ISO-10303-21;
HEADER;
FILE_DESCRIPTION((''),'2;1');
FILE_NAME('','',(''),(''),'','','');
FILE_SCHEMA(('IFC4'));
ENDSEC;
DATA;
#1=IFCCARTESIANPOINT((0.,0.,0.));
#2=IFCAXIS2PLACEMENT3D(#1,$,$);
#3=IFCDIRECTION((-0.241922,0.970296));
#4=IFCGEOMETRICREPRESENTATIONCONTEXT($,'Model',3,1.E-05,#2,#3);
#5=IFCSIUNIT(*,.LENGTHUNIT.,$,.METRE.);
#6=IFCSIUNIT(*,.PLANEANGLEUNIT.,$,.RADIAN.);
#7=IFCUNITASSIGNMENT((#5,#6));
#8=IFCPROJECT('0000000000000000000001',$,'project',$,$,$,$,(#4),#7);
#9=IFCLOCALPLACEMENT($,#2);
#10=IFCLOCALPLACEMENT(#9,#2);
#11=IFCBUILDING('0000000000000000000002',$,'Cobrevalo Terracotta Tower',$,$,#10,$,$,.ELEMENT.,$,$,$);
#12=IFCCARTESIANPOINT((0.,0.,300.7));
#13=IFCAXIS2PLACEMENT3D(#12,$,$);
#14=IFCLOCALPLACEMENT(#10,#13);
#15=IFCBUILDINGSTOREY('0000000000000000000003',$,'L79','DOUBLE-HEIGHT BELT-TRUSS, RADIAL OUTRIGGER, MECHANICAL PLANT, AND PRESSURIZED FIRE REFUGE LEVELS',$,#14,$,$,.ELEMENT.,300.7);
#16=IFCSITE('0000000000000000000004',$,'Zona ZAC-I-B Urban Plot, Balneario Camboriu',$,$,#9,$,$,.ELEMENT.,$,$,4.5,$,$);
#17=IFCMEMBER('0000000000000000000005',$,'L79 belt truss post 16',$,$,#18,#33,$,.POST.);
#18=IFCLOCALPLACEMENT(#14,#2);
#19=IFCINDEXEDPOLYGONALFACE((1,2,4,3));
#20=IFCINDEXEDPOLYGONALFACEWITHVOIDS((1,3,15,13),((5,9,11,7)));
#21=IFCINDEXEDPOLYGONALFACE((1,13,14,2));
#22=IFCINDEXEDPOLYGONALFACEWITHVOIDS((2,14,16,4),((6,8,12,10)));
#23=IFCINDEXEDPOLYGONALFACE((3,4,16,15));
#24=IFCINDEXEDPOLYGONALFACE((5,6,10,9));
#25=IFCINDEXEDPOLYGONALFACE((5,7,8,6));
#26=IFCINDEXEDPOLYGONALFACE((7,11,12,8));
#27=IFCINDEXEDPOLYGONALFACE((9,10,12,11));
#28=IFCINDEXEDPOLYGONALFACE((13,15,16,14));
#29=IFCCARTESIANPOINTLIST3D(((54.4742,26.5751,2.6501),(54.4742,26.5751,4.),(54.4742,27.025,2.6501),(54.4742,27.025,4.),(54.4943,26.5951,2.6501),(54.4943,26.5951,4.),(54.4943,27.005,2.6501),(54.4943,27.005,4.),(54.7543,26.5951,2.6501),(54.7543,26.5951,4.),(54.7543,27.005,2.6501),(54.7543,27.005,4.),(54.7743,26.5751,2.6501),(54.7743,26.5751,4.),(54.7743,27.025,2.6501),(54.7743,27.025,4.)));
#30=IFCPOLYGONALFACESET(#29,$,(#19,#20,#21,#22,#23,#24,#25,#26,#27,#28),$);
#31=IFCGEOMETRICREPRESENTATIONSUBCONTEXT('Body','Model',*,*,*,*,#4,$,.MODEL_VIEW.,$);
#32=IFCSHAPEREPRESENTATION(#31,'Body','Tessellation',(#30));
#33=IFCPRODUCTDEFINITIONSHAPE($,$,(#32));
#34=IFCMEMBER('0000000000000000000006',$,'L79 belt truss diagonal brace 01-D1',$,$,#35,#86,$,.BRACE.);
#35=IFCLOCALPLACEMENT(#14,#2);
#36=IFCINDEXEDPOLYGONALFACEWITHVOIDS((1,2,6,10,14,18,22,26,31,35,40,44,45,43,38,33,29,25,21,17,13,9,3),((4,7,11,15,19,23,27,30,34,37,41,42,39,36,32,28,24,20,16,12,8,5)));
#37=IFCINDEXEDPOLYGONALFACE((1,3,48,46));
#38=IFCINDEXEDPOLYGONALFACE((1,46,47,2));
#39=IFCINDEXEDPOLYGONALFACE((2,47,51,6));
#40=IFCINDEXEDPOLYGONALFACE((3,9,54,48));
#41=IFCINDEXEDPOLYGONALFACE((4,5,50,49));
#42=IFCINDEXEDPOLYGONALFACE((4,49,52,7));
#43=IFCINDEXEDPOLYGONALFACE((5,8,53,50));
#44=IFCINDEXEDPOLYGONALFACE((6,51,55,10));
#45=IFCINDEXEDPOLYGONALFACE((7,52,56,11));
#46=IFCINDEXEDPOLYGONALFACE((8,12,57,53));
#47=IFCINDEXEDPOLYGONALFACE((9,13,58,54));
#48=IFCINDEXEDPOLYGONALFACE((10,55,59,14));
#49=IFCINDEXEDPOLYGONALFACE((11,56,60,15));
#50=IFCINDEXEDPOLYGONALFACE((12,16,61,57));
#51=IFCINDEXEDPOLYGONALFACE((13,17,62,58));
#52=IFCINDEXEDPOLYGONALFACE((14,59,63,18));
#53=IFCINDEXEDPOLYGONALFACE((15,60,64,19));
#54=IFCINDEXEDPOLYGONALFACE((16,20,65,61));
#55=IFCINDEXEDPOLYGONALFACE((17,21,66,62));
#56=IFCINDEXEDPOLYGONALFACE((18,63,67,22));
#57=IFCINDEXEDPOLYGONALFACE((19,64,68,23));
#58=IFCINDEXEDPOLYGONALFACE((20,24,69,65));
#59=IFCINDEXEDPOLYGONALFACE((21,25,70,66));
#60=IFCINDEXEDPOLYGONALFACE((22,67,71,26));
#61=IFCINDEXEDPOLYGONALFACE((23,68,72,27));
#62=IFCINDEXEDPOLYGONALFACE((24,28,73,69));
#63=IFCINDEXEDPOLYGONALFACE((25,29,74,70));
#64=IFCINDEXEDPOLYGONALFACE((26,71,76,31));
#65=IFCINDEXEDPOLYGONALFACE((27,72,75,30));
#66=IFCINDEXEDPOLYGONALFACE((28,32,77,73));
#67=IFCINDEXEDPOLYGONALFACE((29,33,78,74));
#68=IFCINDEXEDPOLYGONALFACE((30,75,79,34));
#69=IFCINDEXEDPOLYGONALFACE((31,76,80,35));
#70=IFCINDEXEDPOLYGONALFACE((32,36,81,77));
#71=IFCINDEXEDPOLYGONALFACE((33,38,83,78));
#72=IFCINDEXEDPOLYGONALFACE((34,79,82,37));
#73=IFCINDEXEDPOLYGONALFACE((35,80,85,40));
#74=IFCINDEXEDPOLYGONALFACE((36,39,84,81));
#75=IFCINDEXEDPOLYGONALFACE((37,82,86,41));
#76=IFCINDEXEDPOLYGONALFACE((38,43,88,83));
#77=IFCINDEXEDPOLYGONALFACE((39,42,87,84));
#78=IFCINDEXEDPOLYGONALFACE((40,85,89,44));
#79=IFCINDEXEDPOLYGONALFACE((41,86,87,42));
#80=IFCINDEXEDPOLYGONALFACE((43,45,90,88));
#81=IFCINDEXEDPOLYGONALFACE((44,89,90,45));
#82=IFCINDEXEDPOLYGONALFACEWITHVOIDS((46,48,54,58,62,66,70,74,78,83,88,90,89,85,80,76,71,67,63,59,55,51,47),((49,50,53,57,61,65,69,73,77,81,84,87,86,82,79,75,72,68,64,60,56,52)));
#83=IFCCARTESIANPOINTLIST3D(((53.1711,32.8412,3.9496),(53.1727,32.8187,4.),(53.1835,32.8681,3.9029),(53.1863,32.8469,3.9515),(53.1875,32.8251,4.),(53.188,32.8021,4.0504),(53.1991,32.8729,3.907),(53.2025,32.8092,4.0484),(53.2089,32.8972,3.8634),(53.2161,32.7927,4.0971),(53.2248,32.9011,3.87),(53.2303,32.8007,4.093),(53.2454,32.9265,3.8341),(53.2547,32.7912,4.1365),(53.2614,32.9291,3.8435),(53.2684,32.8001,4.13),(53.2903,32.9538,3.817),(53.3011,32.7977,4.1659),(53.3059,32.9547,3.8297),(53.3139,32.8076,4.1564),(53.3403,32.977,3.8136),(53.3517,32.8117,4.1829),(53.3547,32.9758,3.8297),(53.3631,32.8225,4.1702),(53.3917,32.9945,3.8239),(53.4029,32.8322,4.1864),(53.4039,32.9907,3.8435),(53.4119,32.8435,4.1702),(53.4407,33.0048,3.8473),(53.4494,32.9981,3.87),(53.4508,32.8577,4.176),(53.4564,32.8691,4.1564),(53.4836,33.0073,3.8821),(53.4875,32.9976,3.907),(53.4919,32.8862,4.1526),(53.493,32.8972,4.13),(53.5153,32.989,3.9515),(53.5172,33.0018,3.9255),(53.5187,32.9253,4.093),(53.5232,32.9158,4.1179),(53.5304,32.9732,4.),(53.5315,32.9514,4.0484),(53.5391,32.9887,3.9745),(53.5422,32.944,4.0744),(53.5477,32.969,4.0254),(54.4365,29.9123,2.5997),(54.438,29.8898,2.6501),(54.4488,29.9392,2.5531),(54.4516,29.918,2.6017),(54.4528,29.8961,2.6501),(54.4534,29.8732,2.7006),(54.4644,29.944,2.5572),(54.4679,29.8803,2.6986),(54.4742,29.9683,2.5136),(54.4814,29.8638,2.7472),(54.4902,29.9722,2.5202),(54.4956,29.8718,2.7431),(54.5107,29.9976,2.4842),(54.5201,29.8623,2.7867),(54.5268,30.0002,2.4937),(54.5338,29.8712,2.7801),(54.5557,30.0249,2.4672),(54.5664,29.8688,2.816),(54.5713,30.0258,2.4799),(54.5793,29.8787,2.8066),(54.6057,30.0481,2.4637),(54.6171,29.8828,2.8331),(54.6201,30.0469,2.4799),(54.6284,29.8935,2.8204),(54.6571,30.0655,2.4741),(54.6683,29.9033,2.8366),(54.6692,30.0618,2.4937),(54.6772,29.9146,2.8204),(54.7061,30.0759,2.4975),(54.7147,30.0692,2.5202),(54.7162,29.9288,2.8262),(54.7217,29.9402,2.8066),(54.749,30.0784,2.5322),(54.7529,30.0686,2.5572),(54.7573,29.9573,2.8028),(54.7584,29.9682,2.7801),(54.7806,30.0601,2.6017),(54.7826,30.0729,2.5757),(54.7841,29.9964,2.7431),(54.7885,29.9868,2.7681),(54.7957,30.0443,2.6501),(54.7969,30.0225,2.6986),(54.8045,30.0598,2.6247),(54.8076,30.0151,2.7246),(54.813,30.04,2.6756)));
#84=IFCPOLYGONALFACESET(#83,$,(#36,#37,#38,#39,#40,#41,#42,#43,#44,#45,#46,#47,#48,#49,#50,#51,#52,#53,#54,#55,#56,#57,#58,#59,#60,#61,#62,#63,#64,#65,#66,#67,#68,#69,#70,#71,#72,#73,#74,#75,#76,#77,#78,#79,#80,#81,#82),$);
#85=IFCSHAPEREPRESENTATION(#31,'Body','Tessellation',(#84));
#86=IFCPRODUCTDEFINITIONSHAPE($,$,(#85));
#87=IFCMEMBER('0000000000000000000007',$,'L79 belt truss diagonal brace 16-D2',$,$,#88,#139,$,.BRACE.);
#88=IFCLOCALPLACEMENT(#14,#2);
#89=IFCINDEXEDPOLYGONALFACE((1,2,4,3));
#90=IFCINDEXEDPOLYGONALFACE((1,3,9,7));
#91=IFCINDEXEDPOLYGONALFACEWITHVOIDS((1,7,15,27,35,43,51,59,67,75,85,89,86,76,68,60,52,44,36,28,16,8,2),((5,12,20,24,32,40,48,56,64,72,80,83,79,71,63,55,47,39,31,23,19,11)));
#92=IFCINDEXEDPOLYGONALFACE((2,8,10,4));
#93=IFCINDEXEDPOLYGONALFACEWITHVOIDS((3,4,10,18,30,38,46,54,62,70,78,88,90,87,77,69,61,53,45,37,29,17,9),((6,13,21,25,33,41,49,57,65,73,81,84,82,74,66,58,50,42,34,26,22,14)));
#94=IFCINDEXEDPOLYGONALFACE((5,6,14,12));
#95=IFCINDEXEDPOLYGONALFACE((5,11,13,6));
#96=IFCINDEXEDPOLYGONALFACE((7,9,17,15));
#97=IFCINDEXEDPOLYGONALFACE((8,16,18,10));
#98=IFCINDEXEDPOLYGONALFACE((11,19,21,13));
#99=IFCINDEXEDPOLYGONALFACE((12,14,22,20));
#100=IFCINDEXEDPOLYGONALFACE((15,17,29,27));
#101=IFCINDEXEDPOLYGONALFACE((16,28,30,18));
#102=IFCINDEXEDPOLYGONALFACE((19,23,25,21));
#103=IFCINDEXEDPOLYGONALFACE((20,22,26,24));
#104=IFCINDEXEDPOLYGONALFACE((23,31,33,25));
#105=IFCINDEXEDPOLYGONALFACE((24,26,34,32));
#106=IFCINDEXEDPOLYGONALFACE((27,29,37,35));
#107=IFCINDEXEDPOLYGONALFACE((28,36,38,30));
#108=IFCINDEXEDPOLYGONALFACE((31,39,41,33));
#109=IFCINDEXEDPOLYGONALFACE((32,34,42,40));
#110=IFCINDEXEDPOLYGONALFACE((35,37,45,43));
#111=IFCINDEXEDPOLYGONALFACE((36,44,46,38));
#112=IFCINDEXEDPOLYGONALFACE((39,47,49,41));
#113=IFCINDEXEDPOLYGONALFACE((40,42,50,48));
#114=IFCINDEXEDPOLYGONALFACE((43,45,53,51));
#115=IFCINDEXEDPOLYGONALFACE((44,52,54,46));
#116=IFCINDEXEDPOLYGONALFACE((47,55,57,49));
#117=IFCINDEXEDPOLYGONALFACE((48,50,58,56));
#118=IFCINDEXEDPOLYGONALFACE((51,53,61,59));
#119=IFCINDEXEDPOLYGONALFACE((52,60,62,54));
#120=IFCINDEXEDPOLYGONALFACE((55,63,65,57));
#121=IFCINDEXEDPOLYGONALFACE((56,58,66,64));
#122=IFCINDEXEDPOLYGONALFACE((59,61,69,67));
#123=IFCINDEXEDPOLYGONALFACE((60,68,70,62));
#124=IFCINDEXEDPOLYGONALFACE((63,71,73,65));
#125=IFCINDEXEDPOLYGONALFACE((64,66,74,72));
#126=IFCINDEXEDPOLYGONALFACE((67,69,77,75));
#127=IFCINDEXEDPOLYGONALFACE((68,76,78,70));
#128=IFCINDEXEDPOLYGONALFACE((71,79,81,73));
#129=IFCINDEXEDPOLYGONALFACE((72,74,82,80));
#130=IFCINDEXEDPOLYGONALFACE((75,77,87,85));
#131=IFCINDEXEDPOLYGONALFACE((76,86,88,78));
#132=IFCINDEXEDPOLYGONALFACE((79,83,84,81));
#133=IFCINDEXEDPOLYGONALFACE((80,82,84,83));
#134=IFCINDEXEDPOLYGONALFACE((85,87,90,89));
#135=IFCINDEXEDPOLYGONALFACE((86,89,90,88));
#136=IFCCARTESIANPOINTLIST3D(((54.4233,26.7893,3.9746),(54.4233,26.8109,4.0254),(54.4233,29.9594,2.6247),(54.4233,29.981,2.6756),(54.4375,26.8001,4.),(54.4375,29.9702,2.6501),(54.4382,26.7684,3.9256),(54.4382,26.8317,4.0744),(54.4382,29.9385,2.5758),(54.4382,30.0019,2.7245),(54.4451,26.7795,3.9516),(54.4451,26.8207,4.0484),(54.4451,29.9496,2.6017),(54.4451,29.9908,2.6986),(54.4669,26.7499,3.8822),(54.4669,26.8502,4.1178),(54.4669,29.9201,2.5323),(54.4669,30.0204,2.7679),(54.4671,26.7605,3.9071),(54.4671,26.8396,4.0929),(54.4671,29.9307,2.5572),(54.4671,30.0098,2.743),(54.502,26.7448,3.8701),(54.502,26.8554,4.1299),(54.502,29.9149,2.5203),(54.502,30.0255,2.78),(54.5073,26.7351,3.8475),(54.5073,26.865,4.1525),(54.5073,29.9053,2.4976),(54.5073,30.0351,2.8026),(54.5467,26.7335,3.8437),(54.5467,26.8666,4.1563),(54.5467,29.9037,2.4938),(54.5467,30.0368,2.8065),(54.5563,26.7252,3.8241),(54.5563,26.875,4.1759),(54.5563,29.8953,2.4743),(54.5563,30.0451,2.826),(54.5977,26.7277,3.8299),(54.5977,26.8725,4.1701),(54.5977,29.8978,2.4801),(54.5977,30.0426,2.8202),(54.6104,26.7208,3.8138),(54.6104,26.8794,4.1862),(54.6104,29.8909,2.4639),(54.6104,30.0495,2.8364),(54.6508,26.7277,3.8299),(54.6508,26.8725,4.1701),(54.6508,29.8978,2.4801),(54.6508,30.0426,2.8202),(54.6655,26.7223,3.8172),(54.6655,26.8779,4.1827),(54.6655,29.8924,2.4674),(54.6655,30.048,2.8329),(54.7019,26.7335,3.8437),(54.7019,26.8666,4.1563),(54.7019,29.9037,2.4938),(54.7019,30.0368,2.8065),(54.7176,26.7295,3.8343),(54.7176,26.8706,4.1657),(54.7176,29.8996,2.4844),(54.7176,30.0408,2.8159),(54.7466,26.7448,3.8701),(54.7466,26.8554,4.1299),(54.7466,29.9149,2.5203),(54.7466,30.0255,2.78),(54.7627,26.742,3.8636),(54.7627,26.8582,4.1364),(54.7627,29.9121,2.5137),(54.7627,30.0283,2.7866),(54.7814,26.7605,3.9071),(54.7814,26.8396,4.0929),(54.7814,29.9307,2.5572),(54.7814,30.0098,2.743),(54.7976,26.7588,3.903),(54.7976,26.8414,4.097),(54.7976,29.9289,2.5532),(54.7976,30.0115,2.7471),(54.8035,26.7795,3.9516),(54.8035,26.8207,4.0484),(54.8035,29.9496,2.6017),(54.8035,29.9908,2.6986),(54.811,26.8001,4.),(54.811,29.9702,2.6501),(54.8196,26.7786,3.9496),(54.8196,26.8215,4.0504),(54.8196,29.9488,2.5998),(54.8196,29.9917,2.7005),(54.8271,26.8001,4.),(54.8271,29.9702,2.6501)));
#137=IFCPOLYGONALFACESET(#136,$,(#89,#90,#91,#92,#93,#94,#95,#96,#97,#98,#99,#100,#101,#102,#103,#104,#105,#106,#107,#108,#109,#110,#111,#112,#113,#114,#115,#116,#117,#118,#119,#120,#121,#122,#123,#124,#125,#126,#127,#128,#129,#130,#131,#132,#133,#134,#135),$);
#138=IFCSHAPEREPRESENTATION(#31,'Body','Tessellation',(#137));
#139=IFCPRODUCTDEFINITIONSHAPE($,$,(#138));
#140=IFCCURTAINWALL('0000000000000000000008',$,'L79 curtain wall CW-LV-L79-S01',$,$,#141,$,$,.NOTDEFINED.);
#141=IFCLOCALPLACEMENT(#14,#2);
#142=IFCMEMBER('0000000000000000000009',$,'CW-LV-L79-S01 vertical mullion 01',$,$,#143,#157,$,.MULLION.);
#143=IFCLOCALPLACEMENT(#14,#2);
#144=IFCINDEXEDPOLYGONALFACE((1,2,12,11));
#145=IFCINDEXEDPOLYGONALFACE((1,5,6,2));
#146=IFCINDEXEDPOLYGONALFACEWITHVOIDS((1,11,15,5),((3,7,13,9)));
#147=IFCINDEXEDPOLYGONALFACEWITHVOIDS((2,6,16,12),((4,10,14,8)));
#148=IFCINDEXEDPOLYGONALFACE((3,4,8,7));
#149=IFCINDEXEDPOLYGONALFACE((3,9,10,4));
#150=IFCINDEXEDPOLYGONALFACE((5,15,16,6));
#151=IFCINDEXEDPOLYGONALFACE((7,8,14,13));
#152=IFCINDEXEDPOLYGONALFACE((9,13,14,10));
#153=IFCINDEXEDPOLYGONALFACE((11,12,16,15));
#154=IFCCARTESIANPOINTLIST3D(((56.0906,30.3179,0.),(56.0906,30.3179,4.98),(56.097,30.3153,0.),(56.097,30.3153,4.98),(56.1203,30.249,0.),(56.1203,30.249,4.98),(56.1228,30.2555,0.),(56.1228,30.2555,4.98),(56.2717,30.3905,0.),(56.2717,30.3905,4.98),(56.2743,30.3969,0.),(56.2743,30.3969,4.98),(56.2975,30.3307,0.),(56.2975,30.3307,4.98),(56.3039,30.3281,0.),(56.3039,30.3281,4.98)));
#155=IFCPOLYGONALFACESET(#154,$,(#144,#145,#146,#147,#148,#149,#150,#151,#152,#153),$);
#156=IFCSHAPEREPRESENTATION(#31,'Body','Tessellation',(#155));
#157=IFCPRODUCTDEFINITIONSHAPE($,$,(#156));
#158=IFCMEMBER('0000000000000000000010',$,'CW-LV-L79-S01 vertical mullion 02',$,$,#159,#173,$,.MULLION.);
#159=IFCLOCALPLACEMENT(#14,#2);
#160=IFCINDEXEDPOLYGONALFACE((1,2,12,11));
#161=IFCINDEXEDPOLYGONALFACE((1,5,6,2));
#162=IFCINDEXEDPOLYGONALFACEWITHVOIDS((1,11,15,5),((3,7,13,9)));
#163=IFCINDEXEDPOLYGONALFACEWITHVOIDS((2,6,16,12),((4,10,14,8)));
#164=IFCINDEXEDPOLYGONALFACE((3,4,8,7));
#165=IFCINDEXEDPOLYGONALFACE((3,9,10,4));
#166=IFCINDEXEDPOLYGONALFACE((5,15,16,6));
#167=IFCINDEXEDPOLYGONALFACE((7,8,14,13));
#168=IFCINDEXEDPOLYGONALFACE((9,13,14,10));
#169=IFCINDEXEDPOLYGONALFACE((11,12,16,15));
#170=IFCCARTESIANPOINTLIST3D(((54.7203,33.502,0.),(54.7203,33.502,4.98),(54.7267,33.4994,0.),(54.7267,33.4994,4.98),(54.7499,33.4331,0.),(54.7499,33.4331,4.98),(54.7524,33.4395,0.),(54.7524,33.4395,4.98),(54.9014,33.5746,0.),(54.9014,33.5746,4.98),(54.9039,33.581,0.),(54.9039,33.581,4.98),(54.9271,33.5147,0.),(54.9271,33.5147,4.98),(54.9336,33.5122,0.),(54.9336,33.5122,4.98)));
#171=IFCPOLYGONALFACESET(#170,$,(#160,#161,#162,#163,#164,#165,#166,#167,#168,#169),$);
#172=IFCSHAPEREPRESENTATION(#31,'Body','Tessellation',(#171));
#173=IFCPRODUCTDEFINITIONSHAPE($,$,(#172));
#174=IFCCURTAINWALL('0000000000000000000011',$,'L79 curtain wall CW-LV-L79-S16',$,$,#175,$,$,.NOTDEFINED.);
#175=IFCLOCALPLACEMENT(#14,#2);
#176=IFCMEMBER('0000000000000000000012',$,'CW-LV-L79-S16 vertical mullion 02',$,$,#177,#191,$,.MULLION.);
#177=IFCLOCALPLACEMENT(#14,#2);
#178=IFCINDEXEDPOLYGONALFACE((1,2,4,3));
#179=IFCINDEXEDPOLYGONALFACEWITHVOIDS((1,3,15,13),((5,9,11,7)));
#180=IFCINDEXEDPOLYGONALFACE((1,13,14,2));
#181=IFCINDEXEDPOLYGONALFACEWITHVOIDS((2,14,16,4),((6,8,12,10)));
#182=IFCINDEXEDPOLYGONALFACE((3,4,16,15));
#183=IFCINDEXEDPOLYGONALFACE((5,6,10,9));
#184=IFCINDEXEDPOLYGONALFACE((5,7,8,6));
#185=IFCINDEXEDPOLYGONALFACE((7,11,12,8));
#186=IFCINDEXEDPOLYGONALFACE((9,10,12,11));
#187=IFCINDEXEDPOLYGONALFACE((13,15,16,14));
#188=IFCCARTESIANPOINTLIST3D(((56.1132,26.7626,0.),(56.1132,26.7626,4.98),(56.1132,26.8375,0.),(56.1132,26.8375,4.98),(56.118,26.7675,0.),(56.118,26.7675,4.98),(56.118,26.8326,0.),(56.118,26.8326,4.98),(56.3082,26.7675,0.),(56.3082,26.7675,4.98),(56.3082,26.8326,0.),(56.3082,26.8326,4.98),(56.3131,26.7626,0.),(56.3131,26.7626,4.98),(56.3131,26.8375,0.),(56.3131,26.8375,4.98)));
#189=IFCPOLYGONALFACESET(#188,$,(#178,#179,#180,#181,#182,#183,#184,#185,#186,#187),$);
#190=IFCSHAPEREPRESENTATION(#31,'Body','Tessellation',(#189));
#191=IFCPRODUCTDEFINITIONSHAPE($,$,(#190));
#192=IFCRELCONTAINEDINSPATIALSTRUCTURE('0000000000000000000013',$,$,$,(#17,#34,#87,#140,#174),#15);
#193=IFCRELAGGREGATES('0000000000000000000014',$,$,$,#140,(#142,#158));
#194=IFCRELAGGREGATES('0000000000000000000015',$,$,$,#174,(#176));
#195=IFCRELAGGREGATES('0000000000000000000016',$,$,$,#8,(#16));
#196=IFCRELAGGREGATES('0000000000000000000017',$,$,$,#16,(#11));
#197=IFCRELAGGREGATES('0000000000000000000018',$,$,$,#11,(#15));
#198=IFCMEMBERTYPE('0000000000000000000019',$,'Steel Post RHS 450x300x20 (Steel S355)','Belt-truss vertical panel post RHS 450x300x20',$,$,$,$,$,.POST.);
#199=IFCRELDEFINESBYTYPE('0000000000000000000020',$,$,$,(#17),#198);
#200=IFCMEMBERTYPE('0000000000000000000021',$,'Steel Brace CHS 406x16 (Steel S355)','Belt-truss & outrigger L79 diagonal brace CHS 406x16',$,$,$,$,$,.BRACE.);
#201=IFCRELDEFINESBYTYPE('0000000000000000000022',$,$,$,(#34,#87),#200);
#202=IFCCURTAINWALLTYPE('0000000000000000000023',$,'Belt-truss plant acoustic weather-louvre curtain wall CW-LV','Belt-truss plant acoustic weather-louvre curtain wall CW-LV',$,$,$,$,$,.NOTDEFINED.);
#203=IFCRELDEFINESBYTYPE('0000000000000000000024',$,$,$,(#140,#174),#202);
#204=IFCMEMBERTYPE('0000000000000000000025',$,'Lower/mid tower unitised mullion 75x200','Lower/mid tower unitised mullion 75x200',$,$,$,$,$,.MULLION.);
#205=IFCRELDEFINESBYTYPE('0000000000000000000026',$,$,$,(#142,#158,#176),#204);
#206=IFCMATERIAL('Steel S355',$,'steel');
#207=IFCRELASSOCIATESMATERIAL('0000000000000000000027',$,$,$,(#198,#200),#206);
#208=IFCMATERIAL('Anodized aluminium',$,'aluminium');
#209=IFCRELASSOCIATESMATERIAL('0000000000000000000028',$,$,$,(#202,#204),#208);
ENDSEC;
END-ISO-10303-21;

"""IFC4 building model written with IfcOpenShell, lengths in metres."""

from ifc_helpers import new_model, si_unit, direction, frame, origin, origin_2d, place, context, subcontext, project, spatial, hollow_rectangle, hollow_circle, extrude, source, transform, mapped, material, material_profile, profile_set, type_object, element, aggregate, save


model = new_model("IFC4")

# Units and contexts
model_context = context("Model", 3, precision=1e-05, world=origin(), true_north=direction((-0.241922, 0.970296)))
body_context = subcontext(model_context, "Body", "Model", "MODEL_VIEW")
ifc_project = project(units=[si_unit("LENGTHUNIT", "METRE"), si_unit("PLANEANGLEUNIT", "RADIAN")], contexts=[model_context])

# Site, building, storey
site_placement = place(None, origin())
site = spatial("IfcSite", under=ifc_project, at=site_placement, Name="Zona ZAC-I-B Urban Plot, Balneario Camboriu", CompositionType="ELEMENT", RefElevation=4.5)
building_placement = place(site_placement, origin())
building = spatial("IfcBuilding", under=site, at=building_placement, Name="Cobrevalo Terracotta Tower", CompositionType="ELEMENT")
storey_placement = place(building_placement, frame((0.0, 0.0, 300.7)))
storey = spatial("IfcBuildingStorey", under=building, at=storey_placement, Name="L79", Description="DOUBLE-HEIGHT BELT-TRUSS, RADIAL OUTRIGGER, MECHANICAL PLANT, AND PRESSURIZED FIRE REFUGE LEVELS", CompositionType="ELEMENT", Elevation=300.7)

# Shared definitions
ifc_material_1 = material(Name="Steel S355", Category="steel")

# Members
ifc_material_profile_1 = material_profile(ifc_material_1, hollow_rectangle(XDim=0.3, YDim=0.45, WallThickness=0.02, at=origin_2d()), Name="RHS 450x300x20")
ifc_profile_set_1 = profile_set([ifc_material_profile_1], Name="Steel S355")
member_type_1 = type_object("IfcMemberType", Name="Steel Post RHS 450x300x20 (Steel S355)", Description="Belt-truss vertical panel post RHS 450x300x20", PredefinedType="POST", material=ifc_profile_set_1)
shared_shape_1 = source(origin(), body_context, "Body", "SweptSolid", [
    extrude(hollow_rectangle(XDim=0.3, YDim=0.45, WallThickness=0.02, at=origin_2d()), origin(), (0.0, 0.0, 1.0), 1.3499),
])
member_1_placement = place(storey_placement, frame((54.6243, 26.8, 2.6501), z_axis=(0.0, 0.0, 1.0), x_axis=(1.0, 0.0, 0.0)))
element("IfcMember", 1, at=member_1_placement, inside=storey, type_object=member_type_1, Name="L79 belt truss post 16", PredefinedType="POST", context=body_context, shape_type="MappedRepresentation", body=[
    mapped(shared_shape_1, transform((0.0, 0.0, 0.0), scale=1.0)),
])
ifc_material_profile_2 = material_profile(ifc_material_1, hollow_circle(Radius=0.2029, WallThickness=0.0161, at=origin_2d()), Name="CHS 406x16")
ifc_profile_set_2 = profile_set([ifc_material_profile_2], Name="Steel S355")
member_type_2 = type_object("IfcMemberType", Name="Steel Brace CHS 406x16 (Steel S355)", Description="Belt-truss & outrigger L79 diagonal brace CHS 406x16", PredefinedType="BRACE", material=ifc_profile_set_2)
shared_shape_2 = source(origin(), body_context, "Body", "SweptSolid", [
    extrude(hollow_circle(Radius=0.2029, WallThickness=0.0161, at=origin_2d()), origin(), (0.0, 0.0, 1.0), 3.4644),
])
member_2_placement = place(storey_placement, frame((54.6243, 29.9702, 2.6501), z_axis=(-0.365252, 0.845444, 0.389636), x_axis=(-0.917993, -0.396596, 0.0)))
element("IfcMember", 2, at=member_2_placement, inside=storey, type_object=member_type_2, Name="L79 belt truss diagonal brace 01-D1", PredefinedType="BRACE", context=body_context, shape_type="MappedRepresentation", body=[
    mapped(shared_shape_2, transform((0.0, 0.0, 0.0), scale=1.0)),
])
shared_shape_3 = source(origin(), body_context, "Body", "SweptSolid", [
    extrude(hollow_circle(Radius=0.2029, WallThickness=0.0161, at=origin_2d()), origin(), (0.0, 0.0, 1.0), 3.4456),
])
member_3_placement = place(storey_placement, frame((54.6243, 29.9702, 2.6501), z_axis=(0.0, -0.920066, 0.391763), x_axis=(1.0, 0.0, 0.0)))
element("IfcMember", 3, at=member_3_placement, inside=storey, type_object=member_type_2, Name="L79 belt truss diagonal brace 16-D2", PredefinedType="BRACE", context=body_context, shape_type="MappedRepresentation", body=[
    mapped(shared_shape_3, transform((0.0, 0.0, 0.0), scale=1.0)),
])

# Curtain walls, members
ifc_material_2 = material(Name="Anodized aluminium", Category="aluminium")
curtain_wall_type = type_object("IfcCurtainWallType", Name="Belt-truss plant acoustic weather-louvre curtain wall CW-LV", Description="Belt-truss plant acoustic weather-louvre curtain wall CW-LV", PredefinedType="NOTDEFINED", material=ifc_material_2)
curtain_wall_1_placement = place(storey_placement, origin())
curtain_wall_1 = element("IfcCurtainWall", 4, at=curtain_wall_1_placement, inside=storey, type_object=curtain_wall_type, Name="L79 curtain wall CW-LV-L79-S01", PredefinedType="NOTDEFINED")
ifc_material_profile_3 = material_profile(ifc_material_2, hollow_rectangle(XDim=0.075, YDim=0.2, WallThickness=0.0049, at=origin_2d()), Name="CWM 75x200")
ifc_profile_set_3 = profile_set([ifc_material_profile_3], Name="Anodized aluminium")
member_type_3 = type_object("IfcMemberType", Name="Lower/mid tower unitised mullion 75x200", Description="Lower/mid tower unitised mullion 75x200", PredefinedType="MULLION", material=ifc_profile_set_3)
shared_shape_4 = source(origin(), body_context, "Body", "SweptSolid", [
    extrude(hollow_rectangle(XDim=0.075, YDim=0.2, WallThickness=0.0049, at=origin_2d()), origin(), (0.0, 0.0, 1.0), 4.98),
])
member_4_placement = place(storey_placement, frame((56.1973, 30.323, 0.0), z_axis=(0.0, 0.0, 1.0), x_axis=(-0.395369, 0.918522, 0.0)))
member_4 = element("IfcMember", 5, at=member_4_placement, type_object=member_type_3, Name="CW-LV-L79-S01 vertical mullion 01", PredefinedType="MULLION", context=body_context, shape_type="MappedRepresentation", body=[
    mapped(shared_shape_4, transform((0.0, 0.0, 0.0), scale=1.0)),
])
member_5_placement = place(storey_placement, frame((54.8269, 33.5071, 0.0), z_axis=(0.0, 0.0, 1.0), x_axis=(-0.395369, 0.918522, 0.0)))
member_5 = element("IfcMember", 6, at=member_5_placement, type_object=member_type_3, Name="CW-LV-L79-S01 vertical mullion 02", PredefinedType="MULLION", context=body_context, shape_type="MappedRepresentation", body=[
    mapped(shared_shape_4, transform((0.0, 0.0, 0.0), scale=1.0)),
])
curtain_wall_2_placement = place(storey_placement, origin())
curtain_wall_2 = element("IfcCurtainWall", 7, at=curtain_wall_2_placement, inside=storey, type_object=curtain_wall_type, Name="L79 curtain wall CW-LV-L79-S16", PredefinedType="NOTDEFINED")
member_6_placement = place(storey_placement, frame((56.2131, 26.8, 0.0), z_axis=(0.0, 0.0, 1.0), x_axis=(0.0, 1.0, 0.0)))
member_6 = element("IfcMember", 8, at=member_6_placement, type_object=member_type_3, Name="CW-LV-L79-S16 vertical mullion 02", PredefinedType="MULLION", context=body_context, shape_type="MappedRepresentation", body=[
    mapped(shared_shape_4, transform((0.0, 0.0, 0.0), scale=1.0)),
])

aggregate(curtain_wall_1, [member_4, member_5])
aggregate(curtain_wall_2, [member_6])

save(model, "model.ifc")
